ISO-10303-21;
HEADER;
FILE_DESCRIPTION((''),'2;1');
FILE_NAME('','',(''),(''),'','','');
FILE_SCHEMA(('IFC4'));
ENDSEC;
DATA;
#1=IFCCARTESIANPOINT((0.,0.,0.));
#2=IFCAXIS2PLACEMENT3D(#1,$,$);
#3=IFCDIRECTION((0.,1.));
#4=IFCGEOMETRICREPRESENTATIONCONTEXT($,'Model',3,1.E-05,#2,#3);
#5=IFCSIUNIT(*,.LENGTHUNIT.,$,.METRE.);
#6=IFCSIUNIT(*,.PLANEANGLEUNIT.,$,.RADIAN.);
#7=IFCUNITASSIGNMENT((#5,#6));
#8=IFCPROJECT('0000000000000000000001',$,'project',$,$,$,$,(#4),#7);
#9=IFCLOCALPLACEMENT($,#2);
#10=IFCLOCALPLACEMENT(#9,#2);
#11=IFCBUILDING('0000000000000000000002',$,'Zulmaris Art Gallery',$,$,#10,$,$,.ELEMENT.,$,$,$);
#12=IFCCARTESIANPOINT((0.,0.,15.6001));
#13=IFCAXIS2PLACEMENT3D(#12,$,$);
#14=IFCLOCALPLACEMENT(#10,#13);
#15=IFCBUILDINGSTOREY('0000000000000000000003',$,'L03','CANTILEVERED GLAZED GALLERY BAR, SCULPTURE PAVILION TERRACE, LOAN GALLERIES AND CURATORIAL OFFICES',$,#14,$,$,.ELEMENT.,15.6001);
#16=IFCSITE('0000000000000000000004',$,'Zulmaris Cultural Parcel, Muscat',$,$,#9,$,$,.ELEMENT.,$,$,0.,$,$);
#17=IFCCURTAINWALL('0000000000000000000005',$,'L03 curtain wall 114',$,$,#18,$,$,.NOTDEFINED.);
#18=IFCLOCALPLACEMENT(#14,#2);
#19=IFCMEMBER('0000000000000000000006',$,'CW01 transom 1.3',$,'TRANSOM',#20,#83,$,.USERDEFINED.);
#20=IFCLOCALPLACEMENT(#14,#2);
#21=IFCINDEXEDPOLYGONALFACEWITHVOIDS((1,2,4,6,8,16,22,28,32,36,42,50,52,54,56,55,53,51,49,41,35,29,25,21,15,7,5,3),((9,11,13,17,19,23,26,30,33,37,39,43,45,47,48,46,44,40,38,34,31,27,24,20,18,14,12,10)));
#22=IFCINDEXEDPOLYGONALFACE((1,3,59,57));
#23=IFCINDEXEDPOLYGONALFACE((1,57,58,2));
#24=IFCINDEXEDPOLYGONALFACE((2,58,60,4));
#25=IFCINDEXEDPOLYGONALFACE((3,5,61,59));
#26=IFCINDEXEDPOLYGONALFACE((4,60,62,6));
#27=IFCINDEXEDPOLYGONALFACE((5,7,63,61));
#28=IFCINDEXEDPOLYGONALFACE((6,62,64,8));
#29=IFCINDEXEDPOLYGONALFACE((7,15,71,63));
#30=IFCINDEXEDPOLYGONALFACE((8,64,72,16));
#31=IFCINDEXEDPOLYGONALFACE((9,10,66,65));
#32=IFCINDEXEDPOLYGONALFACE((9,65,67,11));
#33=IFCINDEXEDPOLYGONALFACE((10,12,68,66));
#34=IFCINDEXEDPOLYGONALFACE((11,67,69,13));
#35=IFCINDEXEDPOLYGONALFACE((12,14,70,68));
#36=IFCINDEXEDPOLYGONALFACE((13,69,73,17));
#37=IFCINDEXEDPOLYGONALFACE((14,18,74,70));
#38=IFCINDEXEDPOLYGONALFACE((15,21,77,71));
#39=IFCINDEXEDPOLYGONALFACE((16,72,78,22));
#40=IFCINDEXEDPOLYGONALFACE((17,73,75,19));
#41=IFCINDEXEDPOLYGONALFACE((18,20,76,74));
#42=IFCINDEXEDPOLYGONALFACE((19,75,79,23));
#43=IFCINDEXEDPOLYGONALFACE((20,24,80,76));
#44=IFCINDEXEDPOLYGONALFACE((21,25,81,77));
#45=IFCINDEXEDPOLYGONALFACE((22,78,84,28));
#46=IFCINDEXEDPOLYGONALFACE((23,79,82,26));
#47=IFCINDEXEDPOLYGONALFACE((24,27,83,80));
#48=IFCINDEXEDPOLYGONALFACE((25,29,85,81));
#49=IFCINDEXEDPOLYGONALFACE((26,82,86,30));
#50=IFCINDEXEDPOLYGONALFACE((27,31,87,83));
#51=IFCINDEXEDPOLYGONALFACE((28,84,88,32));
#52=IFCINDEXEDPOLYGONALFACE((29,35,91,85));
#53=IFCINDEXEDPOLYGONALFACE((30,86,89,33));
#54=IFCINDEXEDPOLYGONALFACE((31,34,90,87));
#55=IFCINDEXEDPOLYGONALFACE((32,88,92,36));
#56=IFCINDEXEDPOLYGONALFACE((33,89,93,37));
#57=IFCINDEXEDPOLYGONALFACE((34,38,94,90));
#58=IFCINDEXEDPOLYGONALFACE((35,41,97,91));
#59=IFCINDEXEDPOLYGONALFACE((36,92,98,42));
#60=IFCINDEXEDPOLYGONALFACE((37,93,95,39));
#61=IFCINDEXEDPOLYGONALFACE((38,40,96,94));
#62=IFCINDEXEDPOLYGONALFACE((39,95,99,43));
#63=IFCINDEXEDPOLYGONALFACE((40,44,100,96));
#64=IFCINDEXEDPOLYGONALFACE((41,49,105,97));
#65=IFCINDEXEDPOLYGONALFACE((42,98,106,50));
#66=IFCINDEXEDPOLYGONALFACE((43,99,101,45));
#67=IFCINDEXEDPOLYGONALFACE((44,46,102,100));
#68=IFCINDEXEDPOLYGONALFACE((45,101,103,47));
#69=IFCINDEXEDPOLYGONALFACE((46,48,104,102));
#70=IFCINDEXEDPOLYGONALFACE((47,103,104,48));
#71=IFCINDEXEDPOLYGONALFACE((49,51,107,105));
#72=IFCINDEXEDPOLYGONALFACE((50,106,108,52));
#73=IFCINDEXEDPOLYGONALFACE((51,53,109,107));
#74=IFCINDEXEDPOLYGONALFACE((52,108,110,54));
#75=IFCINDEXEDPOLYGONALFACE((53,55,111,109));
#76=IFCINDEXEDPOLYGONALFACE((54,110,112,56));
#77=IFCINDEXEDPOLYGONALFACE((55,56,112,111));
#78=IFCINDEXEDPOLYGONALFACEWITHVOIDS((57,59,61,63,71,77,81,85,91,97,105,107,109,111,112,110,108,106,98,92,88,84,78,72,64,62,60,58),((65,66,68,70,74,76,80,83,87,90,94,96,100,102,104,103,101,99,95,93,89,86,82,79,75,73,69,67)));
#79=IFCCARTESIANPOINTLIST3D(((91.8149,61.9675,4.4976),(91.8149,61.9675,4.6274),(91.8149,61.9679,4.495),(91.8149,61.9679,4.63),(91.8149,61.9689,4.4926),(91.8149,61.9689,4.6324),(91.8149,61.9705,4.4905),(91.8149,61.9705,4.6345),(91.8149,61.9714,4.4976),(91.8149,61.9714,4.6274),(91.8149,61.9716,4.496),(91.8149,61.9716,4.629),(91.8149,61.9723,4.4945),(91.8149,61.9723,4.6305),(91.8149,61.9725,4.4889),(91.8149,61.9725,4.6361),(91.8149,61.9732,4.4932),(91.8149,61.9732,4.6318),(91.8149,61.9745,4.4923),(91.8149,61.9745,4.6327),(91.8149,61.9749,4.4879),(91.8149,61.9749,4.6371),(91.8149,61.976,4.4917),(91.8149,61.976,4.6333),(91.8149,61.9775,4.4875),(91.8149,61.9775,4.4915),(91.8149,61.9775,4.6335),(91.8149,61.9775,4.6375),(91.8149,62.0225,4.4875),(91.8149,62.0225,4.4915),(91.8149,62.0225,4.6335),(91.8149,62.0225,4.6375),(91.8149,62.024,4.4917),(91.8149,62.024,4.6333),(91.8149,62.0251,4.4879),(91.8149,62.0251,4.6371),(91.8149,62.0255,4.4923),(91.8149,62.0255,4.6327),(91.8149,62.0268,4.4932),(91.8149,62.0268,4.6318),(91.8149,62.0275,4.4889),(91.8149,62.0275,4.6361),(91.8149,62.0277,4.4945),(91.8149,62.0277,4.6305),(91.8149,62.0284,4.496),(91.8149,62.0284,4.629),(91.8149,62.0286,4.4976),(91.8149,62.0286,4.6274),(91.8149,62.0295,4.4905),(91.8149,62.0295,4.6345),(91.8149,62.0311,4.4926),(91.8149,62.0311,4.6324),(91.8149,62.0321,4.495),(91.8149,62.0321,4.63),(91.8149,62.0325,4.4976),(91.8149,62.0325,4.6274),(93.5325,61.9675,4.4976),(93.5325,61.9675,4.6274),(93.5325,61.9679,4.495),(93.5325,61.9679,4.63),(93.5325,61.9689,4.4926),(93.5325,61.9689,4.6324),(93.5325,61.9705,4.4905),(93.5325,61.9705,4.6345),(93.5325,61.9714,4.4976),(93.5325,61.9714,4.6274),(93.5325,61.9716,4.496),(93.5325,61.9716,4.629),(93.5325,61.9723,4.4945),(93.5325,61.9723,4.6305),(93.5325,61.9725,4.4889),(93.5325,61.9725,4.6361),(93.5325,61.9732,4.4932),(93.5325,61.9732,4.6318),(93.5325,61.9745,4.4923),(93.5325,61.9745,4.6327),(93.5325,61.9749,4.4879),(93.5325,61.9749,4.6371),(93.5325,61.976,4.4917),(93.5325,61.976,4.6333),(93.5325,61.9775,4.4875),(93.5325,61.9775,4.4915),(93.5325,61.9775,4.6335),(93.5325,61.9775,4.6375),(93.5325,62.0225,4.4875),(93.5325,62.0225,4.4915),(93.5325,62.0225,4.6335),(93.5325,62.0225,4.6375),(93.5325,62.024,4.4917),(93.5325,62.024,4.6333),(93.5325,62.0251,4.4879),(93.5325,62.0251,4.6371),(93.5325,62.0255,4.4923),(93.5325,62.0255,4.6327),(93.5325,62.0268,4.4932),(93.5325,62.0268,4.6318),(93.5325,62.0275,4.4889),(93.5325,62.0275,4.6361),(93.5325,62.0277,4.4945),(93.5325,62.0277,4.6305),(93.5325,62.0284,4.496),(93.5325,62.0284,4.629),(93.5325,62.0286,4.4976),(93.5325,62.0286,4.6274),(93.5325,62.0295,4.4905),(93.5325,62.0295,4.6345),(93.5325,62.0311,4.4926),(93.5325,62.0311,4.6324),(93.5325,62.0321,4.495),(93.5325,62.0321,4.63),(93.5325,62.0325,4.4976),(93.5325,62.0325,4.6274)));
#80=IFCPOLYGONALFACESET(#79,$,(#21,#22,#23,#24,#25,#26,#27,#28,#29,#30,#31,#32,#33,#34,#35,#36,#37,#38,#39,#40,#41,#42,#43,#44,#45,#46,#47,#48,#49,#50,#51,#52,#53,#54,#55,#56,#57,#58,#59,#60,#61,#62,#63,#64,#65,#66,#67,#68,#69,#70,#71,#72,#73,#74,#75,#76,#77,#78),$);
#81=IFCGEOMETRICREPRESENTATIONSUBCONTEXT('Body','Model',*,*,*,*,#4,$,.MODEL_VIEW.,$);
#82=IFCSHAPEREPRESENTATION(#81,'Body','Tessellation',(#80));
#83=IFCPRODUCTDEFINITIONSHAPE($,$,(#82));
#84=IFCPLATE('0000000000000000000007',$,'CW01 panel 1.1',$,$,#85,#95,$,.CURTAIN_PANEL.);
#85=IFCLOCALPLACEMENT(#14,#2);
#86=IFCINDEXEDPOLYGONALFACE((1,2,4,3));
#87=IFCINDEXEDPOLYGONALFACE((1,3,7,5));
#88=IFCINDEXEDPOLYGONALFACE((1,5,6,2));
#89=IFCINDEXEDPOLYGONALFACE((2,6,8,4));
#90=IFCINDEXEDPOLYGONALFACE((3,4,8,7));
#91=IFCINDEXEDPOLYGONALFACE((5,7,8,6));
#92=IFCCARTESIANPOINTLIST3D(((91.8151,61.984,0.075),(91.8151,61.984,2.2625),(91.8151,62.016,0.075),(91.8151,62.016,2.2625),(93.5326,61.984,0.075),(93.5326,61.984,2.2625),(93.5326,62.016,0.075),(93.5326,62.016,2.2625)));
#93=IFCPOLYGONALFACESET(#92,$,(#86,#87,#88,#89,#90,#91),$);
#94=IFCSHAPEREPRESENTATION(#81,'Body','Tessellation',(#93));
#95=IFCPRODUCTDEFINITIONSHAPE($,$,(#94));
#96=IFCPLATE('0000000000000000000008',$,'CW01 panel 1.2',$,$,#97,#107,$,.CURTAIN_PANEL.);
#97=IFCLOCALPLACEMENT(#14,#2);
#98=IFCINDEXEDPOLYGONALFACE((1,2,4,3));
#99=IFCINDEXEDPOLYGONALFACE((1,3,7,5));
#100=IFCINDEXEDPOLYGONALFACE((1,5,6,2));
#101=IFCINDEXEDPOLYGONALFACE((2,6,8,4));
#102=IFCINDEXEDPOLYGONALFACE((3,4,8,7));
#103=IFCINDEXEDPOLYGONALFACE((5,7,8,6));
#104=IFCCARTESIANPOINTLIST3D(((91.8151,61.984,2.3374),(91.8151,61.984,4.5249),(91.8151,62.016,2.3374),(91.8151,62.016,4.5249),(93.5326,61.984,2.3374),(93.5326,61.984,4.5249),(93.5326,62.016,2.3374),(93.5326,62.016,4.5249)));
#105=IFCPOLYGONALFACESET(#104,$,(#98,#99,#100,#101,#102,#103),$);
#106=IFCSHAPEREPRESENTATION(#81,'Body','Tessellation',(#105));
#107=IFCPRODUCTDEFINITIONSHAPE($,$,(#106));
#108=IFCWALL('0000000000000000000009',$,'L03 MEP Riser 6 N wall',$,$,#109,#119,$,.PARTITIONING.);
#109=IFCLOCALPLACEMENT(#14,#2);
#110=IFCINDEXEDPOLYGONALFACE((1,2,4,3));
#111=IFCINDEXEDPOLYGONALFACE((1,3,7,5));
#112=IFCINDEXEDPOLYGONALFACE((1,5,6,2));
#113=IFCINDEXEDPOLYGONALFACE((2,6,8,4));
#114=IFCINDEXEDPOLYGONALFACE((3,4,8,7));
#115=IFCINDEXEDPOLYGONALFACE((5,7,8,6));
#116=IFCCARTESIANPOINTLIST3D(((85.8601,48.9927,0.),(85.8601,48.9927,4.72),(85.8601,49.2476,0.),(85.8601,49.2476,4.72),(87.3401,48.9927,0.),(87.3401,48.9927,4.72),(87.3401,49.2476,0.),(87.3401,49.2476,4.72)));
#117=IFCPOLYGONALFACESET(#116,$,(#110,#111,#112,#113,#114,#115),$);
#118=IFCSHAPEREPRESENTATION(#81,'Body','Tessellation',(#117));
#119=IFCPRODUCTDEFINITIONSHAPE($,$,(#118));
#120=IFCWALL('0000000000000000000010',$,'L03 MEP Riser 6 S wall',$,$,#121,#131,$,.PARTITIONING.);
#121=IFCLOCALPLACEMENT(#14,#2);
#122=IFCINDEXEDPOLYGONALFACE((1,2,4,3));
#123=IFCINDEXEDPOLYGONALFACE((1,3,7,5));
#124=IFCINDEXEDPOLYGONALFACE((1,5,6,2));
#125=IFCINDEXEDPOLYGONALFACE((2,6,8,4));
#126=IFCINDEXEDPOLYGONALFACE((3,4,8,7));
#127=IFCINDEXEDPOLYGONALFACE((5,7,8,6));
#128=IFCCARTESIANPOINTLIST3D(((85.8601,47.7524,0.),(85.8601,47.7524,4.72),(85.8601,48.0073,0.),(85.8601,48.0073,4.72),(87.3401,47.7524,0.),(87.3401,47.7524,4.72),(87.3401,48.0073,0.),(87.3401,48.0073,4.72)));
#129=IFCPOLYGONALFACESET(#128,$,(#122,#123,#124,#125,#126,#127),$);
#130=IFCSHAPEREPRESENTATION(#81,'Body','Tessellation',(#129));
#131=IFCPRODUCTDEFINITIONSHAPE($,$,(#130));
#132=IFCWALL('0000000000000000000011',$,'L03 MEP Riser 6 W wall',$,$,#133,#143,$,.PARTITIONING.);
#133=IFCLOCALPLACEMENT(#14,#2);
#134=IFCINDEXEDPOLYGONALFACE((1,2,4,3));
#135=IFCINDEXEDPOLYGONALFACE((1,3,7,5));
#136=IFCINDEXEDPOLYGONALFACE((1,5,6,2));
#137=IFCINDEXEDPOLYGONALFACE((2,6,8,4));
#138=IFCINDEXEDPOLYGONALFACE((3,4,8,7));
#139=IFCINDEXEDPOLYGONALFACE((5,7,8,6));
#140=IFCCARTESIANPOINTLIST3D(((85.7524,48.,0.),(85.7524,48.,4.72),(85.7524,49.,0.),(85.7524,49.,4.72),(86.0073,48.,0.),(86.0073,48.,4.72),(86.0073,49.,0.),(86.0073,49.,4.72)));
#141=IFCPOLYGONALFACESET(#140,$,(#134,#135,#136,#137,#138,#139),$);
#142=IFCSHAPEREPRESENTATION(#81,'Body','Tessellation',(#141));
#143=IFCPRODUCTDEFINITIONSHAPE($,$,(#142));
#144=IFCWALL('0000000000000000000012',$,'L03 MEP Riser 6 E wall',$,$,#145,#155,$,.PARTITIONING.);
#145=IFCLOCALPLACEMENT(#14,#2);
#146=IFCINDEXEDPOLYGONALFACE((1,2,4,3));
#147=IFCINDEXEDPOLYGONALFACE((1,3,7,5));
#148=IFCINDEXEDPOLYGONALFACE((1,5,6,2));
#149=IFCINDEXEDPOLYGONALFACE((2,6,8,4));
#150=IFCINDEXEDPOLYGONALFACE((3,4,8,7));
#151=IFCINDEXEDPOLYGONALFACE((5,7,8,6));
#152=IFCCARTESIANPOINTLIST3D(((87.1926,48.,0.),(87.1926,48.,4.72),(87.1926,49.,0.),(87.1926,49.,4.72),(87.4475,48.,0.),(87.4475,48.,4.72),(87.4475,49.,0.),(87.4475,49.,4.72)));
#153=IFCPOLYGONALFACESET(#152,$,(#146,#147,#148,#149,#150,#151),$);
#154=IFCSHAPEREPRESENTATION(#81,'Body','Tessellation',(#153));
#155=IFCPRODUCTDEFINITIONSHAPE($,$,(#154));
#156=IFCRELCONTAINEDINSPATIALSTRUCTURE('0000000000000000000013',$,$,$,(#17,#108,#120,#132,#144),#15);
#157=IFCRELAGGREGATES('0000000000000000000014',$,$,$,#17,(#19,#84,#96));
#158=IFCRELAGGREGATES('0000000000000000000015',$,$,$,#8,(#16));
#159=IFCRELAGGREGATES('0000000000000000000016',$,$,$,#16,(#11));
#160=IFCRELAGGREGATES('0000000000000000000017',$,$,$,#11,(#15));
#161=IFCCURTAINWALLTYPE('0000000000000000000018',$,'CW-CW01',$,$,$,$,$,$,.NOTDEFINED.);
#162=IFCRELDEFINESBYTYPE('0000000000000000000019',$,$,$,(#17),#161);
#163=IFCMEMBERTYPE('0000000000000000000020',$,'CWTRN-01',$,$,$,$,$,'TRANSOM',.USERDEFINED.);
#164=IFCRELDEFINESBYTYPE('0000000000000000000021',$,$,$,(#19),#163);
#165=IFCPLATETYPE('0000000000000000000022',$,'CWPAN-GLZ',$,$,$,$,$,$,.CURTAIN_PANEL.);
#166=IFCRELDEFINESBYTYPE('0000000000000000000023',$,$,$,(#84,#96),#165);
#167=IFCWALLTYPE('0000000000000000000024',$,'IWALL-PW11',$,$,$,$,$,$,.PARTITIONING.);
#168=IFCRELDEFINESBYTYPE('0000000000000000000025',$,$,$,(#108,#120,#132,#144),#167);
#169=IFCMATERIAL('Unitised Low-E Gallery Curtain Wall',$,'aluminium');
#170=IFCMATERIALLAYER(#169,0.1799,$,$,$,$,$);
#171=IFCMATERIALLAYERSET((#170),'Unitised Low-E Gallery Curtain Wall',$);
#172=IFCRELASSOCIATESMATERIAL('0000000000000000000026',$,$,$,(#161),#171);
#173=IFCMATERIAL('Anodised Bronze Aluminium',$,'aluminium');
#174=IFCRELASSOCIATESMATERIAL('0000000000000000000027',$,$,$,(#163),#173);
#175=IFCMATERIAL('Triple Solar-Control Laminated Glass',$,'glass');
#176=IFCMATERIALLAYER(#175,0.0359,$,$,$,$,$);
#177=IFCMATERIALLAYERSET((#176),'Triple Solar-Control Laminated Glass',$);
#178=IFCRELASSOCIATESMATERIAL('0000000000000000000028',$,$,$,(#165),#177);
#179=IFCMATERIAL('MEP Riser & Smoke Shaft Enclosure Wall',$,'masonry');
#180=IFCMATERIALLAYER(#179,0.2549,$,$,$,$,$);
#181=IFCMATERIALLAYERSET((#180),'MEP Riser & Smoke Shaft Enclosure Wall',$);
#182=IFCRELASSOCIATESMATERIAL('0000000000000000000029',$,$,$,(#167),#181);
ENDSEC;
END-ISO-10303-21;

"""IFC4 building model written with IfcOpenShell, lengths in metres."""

from ifc_helpers import new_model, si_unit, direction, frame, frame_2d, origin, origin_2d, place, context, subcontext, project, spatial, rectangle, hollow_rectangle, extrude, material, layer, layer_set, material_profile, profile_set, type_object, element, aggregate, save


model = new_model("IFC4")

# Units and contexts
model_context = context("Model", 3, precision=1e-05, world=origin(), true_north=direction((0.0, 1.0)))
body_context = subcontext(model_context, "Body", "Model", "MODEL_VIEW")
ifc_project = project(units=[si_unit("LENGTHUNIT", "METRE"), si_unit("PLANEANGLEUNIT", "RADIAN")], contexts=[model_context])

# Site, building, storey
site_placement = place(None, origin())
site = spatial("IfcSite", under=ifc_project, at=site_placement, Name="Zulmaris Cultural Parcel, Muscat", CompositionType="ELEMENT", RefElevation=0.0)
building_placement = place(site_placement, origin())
building = spatial("IfcBuilding", under=site, at=building_placement, Name="Zulmaris Art Gallery", CompositionType="ELEMENT")
storey_placement = place(building_placement, frame((0.0, 0.0, 15.6001)))
storey = spatial("IfcBuildingStorey", under=building, at=storey_placement, Name="L03", Description="CANTILEVERED GLAZED GALLERY BAR, SCULPTURE PAVILION TERRACE, LOAN GALLERIES AND CURATORIAL OFFICES", CompositionType="ELEMENT", Elevation=15.6001)

# Curtain wall, member, plates
ifc_material_1 = material(Name="Unitised Low-E Gallery Curtain Wall", Category="aluminium")
ifc_layer_1 = layer(ifc_material_1, 0.1799)
ifc_layer_set_1 = layer_set([ifc_layer_1], Name="Unitised Low-E Gallery Curtain Wall")
curtain_wall_type = type_object("IfcCurtainWallType", Name="CW-CW01", PredefinedType="NOTDEFINED", material=ifc_layer_set_1)
curtain_wall_placement = place(storey_placement, origin())
curtain_wall = element("IfcCurtainWall", 1, at=curtain_wall_placement, inside=storey, type_object=curtain_wall_type, Name="L03 curtain wall 114", PredefinedType="NOTDEFINED")
ifc_material_2 = material(Name="Anodised Bronze Aluminium", Category="aluminium")
ifc_material_profile_1 = material_profile(ifc_material_2, hollow_rectangle(XDim=0.0649, YDim=0.1499, WallThickness=0.0039, InnerFilletRadius=0.0061, OuterFilletRadius=0.01, at=origin_2d()), Name="ALU 65x150x4")
ifc_profile_set_1 = profile_set([ifc_material_profile_1], Name="Anodised Bronze Aluminium")
member_type_1 = type_object("IfcMemberType", Name="CWTRN-01", ElementType="TRANSOM", PredefinedType="USERDEFINED", material=ifc_profile_set_1)
member_1_placement = place(storey_placement, frame((91.8149, 62.0, 4.5625), z_axis=(1.0, 0.0, 0.0), x_axis=(0.0, 1.0, 0.0)))
member_1 = element("IfcMember", 2, at=member_1_placement, type_object=member_type_1, Name="CW01 transom 1.3", ObjectType="TRANSOM", PredefinedType="USERDEFINED", context=body_context, shape_type="SweptSolid", body=[
    extrude(hollow_rectangle(XDim=0.0649, YDim=0.1499, WallThickness=0.0039, InnerFilletRadius=0.0061, OuterFilletRadius=0.01, at=origin_2d()), origin(), (0.0, 0.0, 1.0), 1.7175),
])
ifc_material_3 = material(Name="Triple Solar-Control Laminated Glass", Category="glass")
ifc_layer_2 = layer(ifc_material_3, 0.0359)
ifc_layer_set_2 = layer_set([ifc_layer_2], Name="Triple Solar-Control Laminated Glass")
plate_type = type_object("IfcPlateType", Name="CWPAN-GLZ", PredefinedType="CURTAIN_PANEL", material=ifc_layer_set_2)
plate_1_placement = place(storey_placement, frame((92.6738, 62.0, 0.075), z_axis=(0.0, 0.0, 1.0), x_axis=(1.0, 0.0, 0.0)))
plate_1 = element("IfcPlate", 3, at=plate_1_placement, type_object=plate_type, Name="CW01 panel 1.1", PredefinedType="CURTAIN_PANEL", context=body_context, shape_type="SweptSolid", body=[
    extrude(rectangle(XDim=1.7175, YDim=0.032, at=origin_2d()), origin(), (0.0, 0.0, 1.0), 2.1875),
])
plate_2_placement = place(storey_placement, frame((92.6738, 62.0, 2.3374), z_axis=(0.0, 0.0, 1.0), x_axis=(1.0, 0.0, 0.0)))
plate_2 = element("IfcPlate", 4, at=plate_2_placement, type_object=plate_type, Name="CW01 panel 1.2", PredefinedType="CURTAIN_PANEL", context=body_context, shape_type="SweptSolid", body=[
    extrude(rectangle(XDim=1.7175, YDim=0.032, at=origin_2d()), origin(), (0.0, 0.0, 1.0), 2.1875),
])
aggregate(curtain_wall, [member_1, plate_1, plate_2])

# Walls
ifc_material_4 = material(Name="MEP Riser & Smoke Shaft Enclosure Wall", Category="masonry")
ifc_layer_3 = layer(ifc_material_4, 0.2549)
ifc_layer_set_3 = layer_set([ifc_layer_3], Name="MEP Riser & Smoke Shaft Enclosure Wall")
wall_type = type_object("IfcWallType", Name="IWALL-PW11", PredefinedType="PARTITIONING", material=ifc_layer_set_3)
for number, where, z_axis, x_axis, name in (
    (5, (85.8601, 49.1201, 0.0), (0.0, 0.0, 1.0), (1.0, 0.0, 0.0), "L03 MEP Riser 6 N wall"),
    (6, (85.8601, 47.8799, 0.0), (0.0, 0.0, 1.0), (1.0, 0.0, 0.0), "L03 MEP Riser 6 S wall"),
):
    element("IfcWall", number, at=place(storey_placement, frame(where, z_axis=z_axis, x_axis=x_axis)), inside=storey, type_object=wall_type, Name=name, PredefinedType="PARTITIONING", context=body_context, shape_type="SweptSolid", body=[
        extrude(rectangle(XDim=1.48, YDim=0.2549, at=frame_2d((0.74, 0.0))), origin(), (0.0, 0.0, 1.0), 4.72),
    ])
for number, where, z_axis, x_axis, name in (
    (7, (85.8799, 48.0, 0.0), (0.0, 0.0, 1.0), (0.0, 1.0, 0.0), "L03 MEP Riser 6 W wall"),
    (8, (87.3201, 48.0, 0.0), (0.0, 0.0, 1.0), (0.0, 1.0, 0.0), "L03 MEP Riser 6 E wall"),
):
    element("IfcWall", number, at=place(storey_placement, frame(where, z_axis=z_axis, x_axis=x_axis)), inside=storey, type_object=wall_type, Name=name, PredefinedType="PARTITIONING", context=body_context, shape_type="SweptSolid", body=[
        extrude(rectangle(XDim=1.0, YDim=0.2549, at=frame_2d((0.5, 0.0))), origin(), (0.0, 0.0, 1.0), 4.72),
    ])

save(model, "model.ifc")
